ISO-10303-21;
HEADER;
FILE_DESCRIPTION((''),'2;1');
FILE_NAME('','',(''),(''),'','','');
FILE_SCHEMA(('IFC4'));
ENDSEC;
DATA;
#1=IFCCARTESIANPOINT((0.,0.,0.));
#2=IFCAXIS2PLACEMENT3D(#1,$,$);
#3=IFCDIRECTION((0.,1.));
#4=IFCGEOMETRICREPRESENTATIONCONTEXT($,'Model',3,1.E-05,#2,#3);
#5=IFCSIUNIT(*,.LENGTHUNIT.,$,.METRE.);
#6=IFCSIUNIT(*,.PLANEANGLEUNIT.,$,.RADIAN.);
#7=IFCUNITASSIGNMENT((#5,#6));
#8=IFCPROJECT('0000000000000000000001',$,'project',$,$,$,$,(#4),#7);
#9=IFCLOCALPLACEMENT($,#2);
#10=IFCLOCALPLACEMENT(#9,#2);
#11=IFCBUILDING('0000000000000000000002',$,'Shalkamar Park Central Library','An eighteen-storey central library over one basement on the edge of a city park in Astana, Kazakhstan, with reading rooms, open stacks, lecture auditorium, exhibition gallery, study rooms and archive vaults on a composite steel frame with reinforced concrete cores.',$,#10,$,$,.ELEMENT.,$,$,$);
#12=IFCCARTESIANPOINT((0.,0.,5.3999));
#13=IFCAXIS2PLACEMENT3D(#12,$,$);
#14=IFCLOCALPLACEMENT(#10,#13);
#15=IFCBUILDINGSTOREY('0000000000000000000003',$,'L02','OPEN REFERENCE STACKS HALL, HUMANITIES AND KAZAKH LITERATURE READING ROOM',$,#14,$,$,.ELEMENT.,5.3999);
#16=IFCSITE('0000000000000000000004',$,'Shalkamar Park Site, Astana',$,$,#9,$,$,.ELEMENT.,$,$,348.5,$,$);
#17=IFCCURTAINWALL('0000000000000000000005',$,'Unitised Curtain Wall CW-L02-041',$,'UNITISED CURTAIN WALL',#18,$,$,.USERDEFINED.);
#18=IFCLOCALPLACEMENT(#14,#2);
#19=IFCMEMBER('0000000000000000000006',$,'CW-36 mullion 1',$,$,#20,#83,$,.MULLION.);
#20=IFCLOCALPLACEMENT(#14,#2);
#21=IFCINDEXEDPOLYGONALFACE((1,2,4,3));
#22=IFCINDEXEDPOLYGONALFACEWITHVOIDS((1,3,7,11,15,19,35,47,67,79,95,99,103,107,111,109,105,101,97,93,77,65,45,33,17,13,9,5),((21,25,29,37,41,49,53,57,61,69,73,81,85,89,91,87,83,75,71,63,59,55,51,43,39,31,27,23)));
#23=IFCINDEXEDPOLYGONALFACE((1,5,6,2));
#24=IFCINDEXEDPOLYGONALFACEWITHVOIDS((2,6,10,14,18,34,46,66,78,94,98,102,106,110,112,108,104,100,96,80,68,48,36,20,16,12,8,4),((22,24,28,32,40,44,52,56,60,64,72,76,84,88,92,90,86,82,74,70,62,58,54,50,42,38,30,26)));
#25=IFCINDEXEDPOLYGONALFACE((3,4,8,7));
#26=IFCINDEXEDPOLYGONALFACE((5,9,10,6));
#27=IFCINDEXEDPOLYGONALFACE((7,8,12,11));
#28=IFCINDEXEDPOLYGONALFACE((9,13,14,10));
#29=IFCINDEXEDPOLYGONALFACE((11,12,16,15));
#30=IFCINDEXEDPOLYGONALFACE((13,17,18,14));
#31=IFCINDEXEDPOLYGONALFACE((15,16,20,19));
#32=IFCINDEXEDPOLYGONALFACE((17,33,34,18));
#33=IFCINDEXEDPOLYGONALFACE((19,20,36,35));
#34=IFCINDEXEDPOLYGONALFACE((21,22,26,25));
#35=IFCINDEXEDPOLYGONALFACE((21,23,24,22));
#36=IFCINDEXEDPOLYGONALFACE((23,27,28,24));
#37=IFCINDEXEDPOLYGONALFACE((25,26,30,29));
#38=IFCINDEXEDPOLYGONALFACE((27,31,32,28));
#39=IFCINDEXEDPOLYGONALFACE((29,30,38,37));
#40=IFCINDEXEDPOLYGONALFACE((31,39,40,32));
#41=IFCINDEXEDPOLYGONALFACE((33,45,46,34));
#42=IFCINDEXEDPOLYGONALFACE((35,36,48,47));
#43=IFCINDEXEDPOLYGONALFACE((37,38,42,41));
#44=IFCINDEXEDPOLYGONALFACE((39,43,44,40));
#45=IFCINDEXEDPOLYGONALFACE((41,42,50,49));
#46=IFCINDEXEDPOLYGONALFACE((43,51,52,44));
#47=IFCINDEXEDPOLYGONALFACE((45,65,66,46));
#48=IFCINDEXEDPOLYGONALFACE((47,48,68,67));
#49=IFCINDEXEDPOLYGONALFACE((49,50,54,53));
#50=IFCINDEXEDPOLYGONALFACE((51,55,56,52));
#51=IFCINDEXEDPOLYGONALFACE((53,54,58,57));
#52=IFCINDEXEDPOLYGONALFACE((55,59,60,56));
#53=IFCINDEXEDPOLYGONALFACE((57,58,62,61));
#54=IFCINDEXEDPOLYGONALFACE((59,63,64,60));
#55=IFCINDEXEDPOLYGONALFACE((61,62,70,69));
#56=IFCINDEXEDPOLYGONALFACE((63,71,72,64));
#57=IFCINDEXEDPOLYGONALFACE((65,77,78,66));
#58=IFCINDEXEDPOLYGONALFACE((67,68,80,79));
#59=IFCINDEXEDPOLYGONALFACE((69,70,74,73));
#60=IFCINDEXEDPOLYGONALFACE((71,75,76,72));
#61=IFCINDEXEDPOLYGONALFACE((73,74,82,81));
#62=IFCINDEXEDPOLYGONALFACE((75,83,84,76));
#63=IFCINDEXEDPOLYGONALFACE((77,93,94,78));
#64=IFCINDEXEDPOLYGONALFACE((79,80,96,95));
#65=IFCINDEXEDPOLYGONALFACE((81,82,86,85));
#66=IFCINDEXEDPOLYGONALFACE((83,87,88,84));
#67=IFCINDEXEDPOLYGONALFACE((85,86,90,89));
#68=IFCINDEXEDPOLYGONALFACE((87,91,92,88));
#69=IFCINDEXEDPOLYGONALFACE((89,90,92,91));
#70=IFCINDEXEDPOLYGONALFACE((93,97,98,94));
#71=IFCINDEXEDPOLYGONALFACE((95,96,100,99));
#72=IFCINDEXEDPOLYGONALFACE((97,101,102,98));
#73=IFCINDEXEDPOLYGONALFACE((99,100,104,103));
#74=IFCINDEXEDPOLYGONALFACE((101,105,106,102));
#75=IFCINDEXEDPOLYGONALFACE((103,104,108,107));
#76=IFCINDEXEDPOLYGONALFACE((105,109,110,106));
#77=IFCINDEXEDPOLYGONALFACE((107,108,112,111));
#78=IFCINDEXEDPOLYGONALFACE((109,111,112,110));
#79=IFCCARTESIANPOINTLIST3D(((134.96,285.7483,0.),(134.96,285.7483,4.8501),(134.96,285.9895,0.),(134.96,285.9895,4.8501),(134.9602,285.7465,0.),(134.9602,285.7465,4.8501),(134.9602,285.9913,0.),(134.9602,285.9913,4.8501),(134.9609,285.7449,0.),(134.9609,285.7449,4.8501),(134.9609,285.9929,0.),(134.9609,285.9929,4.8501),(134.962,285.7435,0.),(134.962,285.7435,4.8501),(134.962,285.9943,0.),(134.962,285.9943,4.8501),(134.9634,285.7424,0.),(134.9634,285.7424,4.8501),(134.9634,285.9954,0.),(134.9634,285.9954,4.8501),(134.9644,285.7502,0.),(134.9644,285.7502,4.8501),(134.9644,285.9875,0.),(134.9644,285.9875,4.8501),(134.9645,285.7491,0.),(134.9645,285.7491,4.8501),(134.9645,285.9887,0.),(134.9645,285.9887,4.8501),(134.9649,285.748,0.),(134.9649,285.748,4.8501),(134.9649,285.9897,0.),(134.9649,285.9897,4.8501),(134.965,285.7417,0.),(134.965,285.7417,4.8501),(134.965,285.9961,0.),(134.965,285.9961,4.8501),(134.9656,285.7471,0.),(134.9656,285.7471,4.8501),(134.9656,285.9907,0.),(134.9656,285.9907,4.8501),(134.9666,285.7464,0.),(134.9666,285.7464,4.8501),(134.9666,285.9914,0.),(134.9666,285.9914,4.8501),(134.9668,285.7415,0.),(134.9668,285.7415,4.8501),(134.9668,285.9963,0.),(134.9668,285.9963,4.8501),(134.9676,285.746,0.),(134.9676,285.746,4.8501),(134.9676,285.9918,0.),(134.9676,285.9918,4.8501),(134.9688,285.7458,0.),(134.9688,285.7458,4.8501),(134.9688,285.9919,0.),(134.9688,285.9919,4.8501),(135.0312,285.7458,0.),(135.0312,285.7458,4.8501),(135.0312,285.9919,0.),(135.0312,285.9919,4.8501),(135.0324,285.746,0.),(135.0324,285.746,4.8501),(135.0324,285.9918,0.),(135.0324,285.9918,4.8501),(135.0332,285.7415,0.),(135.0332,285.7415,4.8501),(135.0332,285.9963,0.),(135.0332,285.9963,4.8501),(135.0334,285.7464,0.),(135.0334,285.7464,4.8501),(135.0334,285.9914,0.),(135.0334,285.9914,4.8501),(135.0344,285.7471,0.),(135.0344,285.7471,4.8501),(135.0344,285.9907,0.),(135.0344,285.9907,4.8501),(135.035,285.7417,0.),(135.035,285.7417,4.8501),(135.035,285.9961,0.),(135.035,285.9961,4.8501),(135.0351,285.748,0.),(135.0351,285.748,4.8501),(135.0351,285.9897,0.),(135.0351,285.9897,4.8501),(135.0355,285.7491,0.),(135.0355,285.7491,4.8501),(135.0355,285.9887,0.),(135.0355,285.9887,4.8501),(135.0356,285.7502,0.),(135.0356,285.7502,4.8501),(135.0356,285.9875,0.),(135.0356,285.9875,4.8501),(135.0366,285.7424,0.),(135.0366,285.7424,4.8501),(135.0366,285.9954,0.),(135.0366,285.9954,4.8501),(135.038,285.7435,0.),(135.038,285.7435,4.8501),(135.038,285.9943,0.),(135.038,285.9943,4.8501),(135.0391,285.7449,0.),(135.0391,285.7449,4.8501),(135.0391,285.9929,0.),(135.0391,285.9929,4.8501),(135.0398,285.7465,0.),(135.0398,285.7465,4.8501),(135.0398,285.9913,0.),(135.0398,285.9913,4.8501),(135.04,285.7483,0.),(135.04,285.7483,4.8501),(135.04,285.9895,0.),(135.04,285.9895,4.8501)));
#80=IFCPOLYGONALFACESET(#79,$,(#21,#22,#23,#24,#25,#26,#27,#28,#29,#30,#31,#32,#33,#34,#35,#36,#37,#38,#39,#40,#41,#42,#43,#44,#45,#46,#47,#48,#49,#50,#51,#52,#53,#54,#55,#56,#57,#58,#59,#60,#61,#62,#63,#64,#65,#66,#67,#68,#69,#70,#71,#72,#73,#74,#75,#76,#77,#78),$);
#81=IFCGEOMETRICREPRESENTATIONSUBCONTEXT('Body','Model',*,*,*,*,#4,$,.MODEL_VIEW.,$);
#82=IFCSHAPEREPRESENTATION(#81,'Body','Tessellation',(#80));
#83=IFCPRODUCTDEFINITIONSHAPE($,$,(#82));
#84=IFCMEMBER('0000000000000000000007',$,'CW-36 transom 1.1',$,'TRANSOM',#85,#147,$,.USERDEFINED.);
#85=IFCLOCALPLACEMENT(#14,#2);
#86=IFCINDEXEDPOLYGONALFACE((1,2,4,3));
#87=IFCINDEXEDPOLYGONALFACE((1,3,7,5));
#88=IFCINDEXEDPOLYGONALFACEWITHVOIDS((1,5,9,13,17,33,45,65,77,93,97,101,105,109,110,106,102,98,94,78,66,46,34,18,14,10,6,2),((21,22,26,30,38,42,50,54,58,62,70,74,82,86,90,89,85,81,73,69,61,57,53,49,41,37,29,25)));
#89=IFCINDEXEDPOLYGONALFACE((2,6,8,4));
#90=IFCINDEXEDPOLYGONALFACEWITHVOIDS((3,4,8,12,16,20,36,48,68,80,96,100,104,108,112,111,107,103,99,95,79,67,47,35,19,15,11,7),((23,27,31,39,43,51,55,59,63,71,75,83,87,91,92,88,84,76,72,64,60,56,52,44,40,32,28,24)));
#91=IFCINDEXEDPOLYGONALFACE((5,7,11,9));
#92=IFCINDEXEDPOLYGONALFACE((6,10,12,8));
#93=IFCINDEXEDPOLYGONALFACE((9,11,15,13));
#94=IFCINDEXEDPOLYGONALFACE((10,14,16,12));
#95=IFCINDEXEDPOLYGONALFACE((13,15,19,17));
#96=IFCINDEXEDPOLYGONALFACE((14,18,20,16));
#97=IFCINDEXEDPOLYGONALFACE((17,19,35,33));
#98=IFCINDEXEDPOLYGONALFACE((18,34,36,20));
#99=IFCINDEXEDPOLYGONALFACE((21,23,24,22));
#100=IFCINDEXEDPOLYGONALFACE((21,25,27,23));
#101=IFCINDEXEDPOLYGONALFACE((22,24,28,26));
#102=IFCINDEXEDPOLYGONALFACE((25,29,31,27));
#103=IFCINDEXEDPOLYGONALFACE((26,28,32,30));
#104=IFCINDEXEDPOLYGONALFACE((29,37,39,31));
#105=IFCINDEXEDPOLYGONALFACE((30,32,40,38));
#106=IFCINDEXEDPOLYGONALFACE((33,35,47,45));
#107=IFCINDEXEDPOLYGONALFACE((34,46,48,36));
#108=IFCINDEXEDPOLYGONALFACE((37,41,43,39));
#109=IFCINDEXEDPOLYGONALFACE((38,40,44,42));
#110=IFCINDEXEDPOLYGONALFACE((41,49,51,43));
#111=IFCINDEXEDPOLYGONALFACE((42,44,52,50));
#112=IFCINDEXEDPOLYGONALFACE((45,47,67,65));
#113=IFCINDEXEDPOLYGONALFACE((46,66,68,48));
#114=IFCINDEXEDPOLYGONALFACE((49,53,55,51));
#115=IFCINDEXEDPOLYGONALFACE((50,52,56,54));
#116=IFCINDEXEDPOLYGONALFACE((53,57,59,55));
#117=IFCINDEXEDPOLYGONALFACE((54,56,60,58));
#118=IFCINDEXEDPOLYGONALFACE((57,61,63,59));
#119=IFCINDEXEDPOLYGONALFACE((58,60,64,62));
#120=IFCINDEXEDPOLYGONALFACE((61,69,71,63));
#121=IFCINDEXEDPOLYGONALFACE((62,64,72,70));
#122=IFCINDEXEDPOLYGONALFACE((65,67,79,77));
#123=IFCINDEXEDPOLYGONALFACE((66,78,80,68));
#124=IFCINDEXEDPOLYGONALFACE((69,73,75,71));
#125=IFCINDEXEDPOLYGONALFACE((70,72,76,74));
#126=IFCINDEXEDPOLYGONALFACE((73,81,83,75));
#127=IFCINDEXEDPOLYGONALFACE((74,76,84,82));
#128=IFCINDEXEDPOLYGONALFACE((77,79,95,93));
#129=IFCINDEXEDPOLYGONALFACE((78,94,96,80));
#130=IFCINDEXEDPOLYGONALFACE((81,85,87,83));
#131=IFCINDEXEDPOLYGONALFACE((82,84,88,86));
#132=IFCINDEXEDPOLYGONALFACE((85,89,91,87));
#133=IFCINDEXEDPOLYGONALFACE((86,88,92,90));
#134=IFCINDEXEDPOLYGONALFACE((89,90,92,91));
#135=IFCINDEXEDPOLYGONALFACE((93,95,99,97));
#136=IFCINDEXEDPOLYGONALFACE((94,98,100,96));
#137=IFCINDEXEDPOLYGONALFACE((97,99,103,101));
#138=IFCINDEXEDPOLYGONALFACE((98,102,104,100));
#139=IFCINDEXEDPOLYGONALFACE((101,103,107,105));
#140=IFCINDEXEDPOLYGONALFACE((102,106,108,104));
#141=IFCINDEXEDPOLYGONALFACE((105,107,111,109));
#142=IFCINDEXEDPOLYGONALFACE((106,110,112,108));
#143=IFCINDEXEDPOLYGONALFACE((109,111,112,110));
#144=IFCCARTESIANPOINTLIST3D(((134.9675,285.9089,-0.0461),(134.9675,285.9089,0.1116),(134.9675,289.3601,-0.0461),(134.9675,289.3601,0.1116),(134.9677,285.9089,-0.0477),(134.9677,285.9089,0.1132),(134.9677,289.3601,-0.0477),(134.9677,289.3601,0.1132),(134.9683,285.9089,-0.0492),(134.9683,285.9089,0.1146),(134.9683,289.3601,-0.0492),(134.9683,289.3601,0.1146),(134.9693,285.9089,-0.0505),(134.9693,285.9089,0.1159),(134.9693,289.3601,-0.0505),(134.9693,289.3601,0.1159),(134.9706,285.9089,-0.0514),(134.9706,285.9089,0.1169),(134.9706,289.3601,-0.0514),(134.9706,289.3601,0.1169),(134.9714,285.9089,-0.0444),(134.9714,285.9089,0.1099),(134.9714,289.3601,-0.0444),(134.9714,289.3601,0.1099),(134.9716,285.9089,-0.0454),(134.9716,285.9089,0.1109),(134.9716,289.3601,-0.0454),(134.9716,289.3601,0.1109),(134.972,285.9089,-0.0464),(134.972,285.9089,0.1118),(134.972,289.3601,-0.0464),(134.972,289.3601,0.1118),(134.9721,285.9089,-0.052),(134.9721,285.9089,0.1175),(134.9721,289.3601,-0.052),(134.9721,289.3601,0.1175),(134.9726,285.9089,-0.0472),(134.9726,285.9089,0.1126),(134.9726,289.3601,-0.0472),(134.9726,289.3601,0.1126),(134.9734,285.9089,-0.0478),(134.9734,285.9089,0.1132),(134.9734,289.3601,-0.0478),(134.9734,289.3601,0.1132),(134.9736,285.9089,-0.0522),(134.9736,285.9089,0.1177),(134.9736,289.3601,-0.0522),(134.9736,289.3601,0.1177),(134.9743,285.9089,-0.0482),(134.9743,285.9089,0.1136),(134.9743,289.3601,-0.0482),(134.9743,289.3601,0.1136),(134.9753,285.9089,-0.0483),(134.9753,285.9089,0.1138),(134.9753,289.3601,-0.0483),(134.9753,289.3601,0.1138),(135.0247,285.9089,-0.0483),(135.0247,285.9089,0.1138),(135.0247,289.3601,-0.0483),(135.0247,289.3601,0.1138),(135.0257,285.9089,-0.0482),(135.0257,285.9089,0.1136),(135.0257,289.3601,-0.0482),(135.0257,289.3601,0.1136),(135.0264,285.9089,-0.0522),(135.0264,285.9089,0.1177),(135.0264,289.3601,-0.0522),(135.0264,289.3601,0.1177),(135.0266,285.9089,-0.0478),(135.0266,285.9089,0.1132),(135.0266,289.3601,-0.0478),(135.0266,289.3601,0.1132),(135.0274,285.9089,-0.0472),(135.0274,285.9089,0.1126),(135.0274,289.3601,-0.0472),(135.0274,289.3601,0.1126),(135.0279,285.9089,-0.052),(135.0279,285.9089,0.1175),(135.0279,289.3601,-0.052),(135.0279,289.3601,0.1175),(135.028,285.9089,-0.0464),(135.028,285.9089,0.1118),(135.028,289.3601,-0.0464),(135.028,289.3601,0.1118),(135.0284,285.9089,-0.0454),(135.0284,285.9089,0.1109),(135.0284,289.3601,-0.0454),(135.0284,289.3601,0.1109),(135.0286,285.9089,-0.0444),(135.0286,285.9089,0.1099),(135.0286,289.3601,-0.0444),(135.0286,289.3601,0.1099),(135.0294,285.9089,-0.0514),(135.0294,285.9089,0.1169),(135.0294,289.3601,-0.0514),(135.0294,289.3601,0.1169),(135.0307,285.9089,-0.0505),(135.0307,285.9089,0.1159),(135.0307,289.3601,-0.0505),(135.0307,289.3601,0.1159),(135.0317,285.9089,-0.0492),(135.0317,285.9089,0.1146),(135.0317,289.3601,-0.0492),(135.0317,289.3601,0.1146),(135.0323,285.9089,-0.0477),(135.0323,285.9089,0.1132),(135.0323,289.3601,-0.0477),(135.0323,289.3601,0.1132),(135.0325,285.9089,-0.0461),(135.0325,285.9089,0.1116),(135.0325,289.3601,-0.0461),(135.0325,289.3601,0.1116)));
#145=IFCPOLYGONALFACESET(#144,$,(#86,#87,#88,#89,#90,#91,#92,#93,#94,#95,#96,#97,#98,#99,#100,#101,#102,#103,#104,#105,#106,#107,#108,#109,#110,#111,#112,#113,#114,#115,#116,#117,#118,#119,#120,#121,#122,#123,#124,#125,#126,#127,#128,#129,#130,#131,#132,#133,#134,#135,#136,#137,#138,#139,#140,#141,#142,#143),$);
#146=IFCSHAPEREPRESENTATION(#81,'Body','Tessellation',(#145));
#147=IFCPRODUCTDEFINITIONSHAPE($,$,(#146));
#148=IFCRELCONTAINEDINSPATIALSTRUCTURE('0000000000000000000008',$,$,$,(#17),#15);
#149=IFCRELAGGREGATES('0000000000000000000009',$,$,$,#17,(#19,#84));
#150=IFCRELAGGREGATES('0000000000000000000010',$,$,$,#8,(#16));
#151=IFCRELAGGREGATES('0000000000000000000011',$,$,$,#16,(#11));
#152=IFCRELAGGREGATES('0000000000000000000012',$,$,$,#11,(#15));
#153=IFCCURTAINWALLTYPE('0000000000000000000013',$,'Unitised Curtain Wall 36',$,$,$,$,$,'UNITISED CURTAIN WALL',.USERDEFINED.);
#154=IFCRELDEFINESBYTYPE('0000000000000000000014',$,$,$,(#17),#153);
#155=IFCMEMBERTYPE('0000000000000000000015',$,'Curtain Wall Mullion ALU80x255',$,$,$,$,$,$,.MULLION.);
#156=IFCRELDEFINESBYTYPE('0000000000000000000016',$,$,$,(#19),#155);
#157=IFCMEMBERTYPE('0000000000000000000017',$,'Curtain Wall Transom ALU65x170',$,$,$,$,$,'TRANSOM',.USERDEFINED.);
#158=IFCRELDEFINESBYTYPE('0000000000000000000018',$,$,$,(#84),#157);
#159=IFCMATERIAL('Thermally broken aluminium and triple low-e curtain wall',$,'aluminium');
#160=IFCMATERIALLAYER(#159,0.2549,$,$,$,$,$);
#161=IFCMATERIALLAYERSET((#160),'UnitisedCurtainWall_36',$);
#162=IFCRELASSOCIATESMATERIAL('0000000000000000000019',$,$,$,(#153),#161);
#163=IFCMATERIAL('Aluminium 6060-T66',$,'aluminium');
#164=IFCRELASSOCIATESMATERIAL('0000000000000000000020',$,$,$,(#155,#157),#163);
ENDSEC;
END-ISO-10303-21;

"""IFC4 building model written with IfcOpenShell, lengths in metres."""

from ifc_helpers import new_model, si_unit, direction, frame, origin, origin_2d, place, context, subcontext, project, spatial, hollow_rectangle, extrude, material, layer, layer_set, material_profile, profile_set, type_object, element, aggregate, save


model = new_model("IFC4")

# Units and contexts
model_context = context("Model", 3, precision=1e-05, world=origin(), true_north=direction((0.0, 1.0)))
body_context = subcontext(model_context, "Body", "Model", "MODEL_VIEW")
ifc_project = project(units=[si_unit("LENGTHUNIT", "METRE"), si_unit("PLANEANGLEUNIT", "RADIAN")], contexts=[model_context])

# Site, building, storey
site_placement = place(None, origin())
site = spatial("IfcSite", under=ifc_project, at=site_placement, Name="Shalkamar Park Site, Astana", CompositionType="ELEMENT", RefElevation=348.5)
building_placement = place(site_placement, origin())
building = spatial("IfcBuilding", under=site, at=building_placement, Name="Shalkamar Park Central Library", Description="An eighteen-storey central library over one basement on the edge of a city park in Astana, Kazakhstan, with reading rooms, open stacks, lecture auditorium, exhibition gallery, study rooms and archive vaults on a composite steel frame with reinforced concrete cores.", CompositionType="ELEMENT")
storey_placement = place(building_placement, frame((0.0, 0.0, 5.3999)))
storey = spatial("IfcBuildingStorey", under=building, at=storey_placement, Name="L02", Description="OPEN REFERENCE STACKS HALL, HUMANITIES AND KAZAKH LITERATURE READING ROOM", CompositionType="ELEMENT", Elevation=5.3999)

# Shared definitions
ifc_material_1 = material(Name="Thermally broken aluminium and triple low-e curtain wall", Category="aluminium")
ifc_material_2 = material(Name="Aluminium 6060-T66", Category="aluminium")

# Curtain wall, members
ifc_layer_1 = layer(ifc_material_1, 0.2549)
ifc_layer_set_1 = layer_set([ifc_layer_1], Name="UnitisedCurtainWall_36")
curtain_wall_type_1 = type_object("IfcCurtainWallType", Name="Unitised Curtain Wall 36", ElementType="UNITISED CURTAIN WALL", PredefinedType="USERDEFINED", material=ifc_layer_set_1)
curtain_wall_1_placement = place(storey_placement, origin())
curtain_wall_1 = element("IfcCurtainWall", 1, at=curtain_wall_1_placement, inside=storey, type_object=curtain_wall_type_1, Name="Unitised Curtain Wall CW-L02-041", ObjectType="UNITISED CURTAIN WALL", PredefinedType="USERDEFINED")
ifc_material_profile_1 = material_profile(ifc_material_2, hollow_rectangle(XDim=0.0801, YDim=0.2549, WallThickness=0.0044, InnerFilletRadius=0.0044, OuterFilletRadius=0.0068, at=origin_2d()), Name="ALU 80x255x4.5")
ifc_profile_set_1 = profile_set([ifc_material_profile_1], Name="Aluminium 6060-T66")
member_type_1 = type_object("IfcMemberType", Name="Curtain Wall Mullion ALU80x255", PredefinedType="MULLION", material=ifc_profile_set_1)
member_1_placement = place(storey_placement, frame((135.0, 285.8689, 0.0), z_axis=(0.0, 0.0, 1.0), x_axis=(-1.0, 0.0, 0.0)))
member_1 = element("IfcMember", 2, at=member_1_placement, type_object=member_type_1, Name="CW-36 mullion 1", PredefinedType="MULLION", context=body_context, shape_type="SweptSolid", body=[
    extrude(hollow_rectangle(XDim=0.0801, YDim=0.2549, WallThickness=0.0044, InnerFilletRadius=0.0044, OuterFilletRadius=0.0068, at=origin_2d()), origin(), (0.0, 0.0, 1.0), 4.8501),
])
ifc_material_profile_2 = material_profile(ifc_material_2, hollow_rectangle(XDim=0.0649, YDim=0.1699, WallThickness=0.0039, InnerFilletRadius=0.0039, OuterFilletRadius=0.0061, at=origin_2d()), Name="ALU 65x170x4")
ifc_profile_set_2 = profile_set([ifc_material_profile_2], Name="Aluminium 6060-T66")
member_type_2 = type_object("IfcMemberType", Name="Curtain Wall Transom ALU65x170", ElementType="TRANSOM", PredefinedType="USERDEFINED", material=ifc_profile_set_2)
member_2_placement = place(storey_placement, frame((135.0, 285.9089, 0.0327), z_axis=(0.0, 1.0, 0.0), x_axis=(-1.0, 0.0, 0.0)))
member_2 = element("IfcMember", 3, at=member_2_placement, type_object=member_type_2, Name="CW-36 transom 1.1", ObjectType="TRANSOM", PredefinedType="USERDEFINED", context=body_context, shape_type="SweptSolid", body=[
    extrude(hollow_rectangle(XDim=0.0649, YDim=0.1699, WallThickness=0.0039, InnerFilletRadius=0.0039, OuterFilletRadius=0.0061, at=origin_2d()), origin(), (0.0, 0.0, 1.0), 3.4512),
])
aggregate(curtain_wall_1, [member_1, member_2])

save(model, "model.ifc")
